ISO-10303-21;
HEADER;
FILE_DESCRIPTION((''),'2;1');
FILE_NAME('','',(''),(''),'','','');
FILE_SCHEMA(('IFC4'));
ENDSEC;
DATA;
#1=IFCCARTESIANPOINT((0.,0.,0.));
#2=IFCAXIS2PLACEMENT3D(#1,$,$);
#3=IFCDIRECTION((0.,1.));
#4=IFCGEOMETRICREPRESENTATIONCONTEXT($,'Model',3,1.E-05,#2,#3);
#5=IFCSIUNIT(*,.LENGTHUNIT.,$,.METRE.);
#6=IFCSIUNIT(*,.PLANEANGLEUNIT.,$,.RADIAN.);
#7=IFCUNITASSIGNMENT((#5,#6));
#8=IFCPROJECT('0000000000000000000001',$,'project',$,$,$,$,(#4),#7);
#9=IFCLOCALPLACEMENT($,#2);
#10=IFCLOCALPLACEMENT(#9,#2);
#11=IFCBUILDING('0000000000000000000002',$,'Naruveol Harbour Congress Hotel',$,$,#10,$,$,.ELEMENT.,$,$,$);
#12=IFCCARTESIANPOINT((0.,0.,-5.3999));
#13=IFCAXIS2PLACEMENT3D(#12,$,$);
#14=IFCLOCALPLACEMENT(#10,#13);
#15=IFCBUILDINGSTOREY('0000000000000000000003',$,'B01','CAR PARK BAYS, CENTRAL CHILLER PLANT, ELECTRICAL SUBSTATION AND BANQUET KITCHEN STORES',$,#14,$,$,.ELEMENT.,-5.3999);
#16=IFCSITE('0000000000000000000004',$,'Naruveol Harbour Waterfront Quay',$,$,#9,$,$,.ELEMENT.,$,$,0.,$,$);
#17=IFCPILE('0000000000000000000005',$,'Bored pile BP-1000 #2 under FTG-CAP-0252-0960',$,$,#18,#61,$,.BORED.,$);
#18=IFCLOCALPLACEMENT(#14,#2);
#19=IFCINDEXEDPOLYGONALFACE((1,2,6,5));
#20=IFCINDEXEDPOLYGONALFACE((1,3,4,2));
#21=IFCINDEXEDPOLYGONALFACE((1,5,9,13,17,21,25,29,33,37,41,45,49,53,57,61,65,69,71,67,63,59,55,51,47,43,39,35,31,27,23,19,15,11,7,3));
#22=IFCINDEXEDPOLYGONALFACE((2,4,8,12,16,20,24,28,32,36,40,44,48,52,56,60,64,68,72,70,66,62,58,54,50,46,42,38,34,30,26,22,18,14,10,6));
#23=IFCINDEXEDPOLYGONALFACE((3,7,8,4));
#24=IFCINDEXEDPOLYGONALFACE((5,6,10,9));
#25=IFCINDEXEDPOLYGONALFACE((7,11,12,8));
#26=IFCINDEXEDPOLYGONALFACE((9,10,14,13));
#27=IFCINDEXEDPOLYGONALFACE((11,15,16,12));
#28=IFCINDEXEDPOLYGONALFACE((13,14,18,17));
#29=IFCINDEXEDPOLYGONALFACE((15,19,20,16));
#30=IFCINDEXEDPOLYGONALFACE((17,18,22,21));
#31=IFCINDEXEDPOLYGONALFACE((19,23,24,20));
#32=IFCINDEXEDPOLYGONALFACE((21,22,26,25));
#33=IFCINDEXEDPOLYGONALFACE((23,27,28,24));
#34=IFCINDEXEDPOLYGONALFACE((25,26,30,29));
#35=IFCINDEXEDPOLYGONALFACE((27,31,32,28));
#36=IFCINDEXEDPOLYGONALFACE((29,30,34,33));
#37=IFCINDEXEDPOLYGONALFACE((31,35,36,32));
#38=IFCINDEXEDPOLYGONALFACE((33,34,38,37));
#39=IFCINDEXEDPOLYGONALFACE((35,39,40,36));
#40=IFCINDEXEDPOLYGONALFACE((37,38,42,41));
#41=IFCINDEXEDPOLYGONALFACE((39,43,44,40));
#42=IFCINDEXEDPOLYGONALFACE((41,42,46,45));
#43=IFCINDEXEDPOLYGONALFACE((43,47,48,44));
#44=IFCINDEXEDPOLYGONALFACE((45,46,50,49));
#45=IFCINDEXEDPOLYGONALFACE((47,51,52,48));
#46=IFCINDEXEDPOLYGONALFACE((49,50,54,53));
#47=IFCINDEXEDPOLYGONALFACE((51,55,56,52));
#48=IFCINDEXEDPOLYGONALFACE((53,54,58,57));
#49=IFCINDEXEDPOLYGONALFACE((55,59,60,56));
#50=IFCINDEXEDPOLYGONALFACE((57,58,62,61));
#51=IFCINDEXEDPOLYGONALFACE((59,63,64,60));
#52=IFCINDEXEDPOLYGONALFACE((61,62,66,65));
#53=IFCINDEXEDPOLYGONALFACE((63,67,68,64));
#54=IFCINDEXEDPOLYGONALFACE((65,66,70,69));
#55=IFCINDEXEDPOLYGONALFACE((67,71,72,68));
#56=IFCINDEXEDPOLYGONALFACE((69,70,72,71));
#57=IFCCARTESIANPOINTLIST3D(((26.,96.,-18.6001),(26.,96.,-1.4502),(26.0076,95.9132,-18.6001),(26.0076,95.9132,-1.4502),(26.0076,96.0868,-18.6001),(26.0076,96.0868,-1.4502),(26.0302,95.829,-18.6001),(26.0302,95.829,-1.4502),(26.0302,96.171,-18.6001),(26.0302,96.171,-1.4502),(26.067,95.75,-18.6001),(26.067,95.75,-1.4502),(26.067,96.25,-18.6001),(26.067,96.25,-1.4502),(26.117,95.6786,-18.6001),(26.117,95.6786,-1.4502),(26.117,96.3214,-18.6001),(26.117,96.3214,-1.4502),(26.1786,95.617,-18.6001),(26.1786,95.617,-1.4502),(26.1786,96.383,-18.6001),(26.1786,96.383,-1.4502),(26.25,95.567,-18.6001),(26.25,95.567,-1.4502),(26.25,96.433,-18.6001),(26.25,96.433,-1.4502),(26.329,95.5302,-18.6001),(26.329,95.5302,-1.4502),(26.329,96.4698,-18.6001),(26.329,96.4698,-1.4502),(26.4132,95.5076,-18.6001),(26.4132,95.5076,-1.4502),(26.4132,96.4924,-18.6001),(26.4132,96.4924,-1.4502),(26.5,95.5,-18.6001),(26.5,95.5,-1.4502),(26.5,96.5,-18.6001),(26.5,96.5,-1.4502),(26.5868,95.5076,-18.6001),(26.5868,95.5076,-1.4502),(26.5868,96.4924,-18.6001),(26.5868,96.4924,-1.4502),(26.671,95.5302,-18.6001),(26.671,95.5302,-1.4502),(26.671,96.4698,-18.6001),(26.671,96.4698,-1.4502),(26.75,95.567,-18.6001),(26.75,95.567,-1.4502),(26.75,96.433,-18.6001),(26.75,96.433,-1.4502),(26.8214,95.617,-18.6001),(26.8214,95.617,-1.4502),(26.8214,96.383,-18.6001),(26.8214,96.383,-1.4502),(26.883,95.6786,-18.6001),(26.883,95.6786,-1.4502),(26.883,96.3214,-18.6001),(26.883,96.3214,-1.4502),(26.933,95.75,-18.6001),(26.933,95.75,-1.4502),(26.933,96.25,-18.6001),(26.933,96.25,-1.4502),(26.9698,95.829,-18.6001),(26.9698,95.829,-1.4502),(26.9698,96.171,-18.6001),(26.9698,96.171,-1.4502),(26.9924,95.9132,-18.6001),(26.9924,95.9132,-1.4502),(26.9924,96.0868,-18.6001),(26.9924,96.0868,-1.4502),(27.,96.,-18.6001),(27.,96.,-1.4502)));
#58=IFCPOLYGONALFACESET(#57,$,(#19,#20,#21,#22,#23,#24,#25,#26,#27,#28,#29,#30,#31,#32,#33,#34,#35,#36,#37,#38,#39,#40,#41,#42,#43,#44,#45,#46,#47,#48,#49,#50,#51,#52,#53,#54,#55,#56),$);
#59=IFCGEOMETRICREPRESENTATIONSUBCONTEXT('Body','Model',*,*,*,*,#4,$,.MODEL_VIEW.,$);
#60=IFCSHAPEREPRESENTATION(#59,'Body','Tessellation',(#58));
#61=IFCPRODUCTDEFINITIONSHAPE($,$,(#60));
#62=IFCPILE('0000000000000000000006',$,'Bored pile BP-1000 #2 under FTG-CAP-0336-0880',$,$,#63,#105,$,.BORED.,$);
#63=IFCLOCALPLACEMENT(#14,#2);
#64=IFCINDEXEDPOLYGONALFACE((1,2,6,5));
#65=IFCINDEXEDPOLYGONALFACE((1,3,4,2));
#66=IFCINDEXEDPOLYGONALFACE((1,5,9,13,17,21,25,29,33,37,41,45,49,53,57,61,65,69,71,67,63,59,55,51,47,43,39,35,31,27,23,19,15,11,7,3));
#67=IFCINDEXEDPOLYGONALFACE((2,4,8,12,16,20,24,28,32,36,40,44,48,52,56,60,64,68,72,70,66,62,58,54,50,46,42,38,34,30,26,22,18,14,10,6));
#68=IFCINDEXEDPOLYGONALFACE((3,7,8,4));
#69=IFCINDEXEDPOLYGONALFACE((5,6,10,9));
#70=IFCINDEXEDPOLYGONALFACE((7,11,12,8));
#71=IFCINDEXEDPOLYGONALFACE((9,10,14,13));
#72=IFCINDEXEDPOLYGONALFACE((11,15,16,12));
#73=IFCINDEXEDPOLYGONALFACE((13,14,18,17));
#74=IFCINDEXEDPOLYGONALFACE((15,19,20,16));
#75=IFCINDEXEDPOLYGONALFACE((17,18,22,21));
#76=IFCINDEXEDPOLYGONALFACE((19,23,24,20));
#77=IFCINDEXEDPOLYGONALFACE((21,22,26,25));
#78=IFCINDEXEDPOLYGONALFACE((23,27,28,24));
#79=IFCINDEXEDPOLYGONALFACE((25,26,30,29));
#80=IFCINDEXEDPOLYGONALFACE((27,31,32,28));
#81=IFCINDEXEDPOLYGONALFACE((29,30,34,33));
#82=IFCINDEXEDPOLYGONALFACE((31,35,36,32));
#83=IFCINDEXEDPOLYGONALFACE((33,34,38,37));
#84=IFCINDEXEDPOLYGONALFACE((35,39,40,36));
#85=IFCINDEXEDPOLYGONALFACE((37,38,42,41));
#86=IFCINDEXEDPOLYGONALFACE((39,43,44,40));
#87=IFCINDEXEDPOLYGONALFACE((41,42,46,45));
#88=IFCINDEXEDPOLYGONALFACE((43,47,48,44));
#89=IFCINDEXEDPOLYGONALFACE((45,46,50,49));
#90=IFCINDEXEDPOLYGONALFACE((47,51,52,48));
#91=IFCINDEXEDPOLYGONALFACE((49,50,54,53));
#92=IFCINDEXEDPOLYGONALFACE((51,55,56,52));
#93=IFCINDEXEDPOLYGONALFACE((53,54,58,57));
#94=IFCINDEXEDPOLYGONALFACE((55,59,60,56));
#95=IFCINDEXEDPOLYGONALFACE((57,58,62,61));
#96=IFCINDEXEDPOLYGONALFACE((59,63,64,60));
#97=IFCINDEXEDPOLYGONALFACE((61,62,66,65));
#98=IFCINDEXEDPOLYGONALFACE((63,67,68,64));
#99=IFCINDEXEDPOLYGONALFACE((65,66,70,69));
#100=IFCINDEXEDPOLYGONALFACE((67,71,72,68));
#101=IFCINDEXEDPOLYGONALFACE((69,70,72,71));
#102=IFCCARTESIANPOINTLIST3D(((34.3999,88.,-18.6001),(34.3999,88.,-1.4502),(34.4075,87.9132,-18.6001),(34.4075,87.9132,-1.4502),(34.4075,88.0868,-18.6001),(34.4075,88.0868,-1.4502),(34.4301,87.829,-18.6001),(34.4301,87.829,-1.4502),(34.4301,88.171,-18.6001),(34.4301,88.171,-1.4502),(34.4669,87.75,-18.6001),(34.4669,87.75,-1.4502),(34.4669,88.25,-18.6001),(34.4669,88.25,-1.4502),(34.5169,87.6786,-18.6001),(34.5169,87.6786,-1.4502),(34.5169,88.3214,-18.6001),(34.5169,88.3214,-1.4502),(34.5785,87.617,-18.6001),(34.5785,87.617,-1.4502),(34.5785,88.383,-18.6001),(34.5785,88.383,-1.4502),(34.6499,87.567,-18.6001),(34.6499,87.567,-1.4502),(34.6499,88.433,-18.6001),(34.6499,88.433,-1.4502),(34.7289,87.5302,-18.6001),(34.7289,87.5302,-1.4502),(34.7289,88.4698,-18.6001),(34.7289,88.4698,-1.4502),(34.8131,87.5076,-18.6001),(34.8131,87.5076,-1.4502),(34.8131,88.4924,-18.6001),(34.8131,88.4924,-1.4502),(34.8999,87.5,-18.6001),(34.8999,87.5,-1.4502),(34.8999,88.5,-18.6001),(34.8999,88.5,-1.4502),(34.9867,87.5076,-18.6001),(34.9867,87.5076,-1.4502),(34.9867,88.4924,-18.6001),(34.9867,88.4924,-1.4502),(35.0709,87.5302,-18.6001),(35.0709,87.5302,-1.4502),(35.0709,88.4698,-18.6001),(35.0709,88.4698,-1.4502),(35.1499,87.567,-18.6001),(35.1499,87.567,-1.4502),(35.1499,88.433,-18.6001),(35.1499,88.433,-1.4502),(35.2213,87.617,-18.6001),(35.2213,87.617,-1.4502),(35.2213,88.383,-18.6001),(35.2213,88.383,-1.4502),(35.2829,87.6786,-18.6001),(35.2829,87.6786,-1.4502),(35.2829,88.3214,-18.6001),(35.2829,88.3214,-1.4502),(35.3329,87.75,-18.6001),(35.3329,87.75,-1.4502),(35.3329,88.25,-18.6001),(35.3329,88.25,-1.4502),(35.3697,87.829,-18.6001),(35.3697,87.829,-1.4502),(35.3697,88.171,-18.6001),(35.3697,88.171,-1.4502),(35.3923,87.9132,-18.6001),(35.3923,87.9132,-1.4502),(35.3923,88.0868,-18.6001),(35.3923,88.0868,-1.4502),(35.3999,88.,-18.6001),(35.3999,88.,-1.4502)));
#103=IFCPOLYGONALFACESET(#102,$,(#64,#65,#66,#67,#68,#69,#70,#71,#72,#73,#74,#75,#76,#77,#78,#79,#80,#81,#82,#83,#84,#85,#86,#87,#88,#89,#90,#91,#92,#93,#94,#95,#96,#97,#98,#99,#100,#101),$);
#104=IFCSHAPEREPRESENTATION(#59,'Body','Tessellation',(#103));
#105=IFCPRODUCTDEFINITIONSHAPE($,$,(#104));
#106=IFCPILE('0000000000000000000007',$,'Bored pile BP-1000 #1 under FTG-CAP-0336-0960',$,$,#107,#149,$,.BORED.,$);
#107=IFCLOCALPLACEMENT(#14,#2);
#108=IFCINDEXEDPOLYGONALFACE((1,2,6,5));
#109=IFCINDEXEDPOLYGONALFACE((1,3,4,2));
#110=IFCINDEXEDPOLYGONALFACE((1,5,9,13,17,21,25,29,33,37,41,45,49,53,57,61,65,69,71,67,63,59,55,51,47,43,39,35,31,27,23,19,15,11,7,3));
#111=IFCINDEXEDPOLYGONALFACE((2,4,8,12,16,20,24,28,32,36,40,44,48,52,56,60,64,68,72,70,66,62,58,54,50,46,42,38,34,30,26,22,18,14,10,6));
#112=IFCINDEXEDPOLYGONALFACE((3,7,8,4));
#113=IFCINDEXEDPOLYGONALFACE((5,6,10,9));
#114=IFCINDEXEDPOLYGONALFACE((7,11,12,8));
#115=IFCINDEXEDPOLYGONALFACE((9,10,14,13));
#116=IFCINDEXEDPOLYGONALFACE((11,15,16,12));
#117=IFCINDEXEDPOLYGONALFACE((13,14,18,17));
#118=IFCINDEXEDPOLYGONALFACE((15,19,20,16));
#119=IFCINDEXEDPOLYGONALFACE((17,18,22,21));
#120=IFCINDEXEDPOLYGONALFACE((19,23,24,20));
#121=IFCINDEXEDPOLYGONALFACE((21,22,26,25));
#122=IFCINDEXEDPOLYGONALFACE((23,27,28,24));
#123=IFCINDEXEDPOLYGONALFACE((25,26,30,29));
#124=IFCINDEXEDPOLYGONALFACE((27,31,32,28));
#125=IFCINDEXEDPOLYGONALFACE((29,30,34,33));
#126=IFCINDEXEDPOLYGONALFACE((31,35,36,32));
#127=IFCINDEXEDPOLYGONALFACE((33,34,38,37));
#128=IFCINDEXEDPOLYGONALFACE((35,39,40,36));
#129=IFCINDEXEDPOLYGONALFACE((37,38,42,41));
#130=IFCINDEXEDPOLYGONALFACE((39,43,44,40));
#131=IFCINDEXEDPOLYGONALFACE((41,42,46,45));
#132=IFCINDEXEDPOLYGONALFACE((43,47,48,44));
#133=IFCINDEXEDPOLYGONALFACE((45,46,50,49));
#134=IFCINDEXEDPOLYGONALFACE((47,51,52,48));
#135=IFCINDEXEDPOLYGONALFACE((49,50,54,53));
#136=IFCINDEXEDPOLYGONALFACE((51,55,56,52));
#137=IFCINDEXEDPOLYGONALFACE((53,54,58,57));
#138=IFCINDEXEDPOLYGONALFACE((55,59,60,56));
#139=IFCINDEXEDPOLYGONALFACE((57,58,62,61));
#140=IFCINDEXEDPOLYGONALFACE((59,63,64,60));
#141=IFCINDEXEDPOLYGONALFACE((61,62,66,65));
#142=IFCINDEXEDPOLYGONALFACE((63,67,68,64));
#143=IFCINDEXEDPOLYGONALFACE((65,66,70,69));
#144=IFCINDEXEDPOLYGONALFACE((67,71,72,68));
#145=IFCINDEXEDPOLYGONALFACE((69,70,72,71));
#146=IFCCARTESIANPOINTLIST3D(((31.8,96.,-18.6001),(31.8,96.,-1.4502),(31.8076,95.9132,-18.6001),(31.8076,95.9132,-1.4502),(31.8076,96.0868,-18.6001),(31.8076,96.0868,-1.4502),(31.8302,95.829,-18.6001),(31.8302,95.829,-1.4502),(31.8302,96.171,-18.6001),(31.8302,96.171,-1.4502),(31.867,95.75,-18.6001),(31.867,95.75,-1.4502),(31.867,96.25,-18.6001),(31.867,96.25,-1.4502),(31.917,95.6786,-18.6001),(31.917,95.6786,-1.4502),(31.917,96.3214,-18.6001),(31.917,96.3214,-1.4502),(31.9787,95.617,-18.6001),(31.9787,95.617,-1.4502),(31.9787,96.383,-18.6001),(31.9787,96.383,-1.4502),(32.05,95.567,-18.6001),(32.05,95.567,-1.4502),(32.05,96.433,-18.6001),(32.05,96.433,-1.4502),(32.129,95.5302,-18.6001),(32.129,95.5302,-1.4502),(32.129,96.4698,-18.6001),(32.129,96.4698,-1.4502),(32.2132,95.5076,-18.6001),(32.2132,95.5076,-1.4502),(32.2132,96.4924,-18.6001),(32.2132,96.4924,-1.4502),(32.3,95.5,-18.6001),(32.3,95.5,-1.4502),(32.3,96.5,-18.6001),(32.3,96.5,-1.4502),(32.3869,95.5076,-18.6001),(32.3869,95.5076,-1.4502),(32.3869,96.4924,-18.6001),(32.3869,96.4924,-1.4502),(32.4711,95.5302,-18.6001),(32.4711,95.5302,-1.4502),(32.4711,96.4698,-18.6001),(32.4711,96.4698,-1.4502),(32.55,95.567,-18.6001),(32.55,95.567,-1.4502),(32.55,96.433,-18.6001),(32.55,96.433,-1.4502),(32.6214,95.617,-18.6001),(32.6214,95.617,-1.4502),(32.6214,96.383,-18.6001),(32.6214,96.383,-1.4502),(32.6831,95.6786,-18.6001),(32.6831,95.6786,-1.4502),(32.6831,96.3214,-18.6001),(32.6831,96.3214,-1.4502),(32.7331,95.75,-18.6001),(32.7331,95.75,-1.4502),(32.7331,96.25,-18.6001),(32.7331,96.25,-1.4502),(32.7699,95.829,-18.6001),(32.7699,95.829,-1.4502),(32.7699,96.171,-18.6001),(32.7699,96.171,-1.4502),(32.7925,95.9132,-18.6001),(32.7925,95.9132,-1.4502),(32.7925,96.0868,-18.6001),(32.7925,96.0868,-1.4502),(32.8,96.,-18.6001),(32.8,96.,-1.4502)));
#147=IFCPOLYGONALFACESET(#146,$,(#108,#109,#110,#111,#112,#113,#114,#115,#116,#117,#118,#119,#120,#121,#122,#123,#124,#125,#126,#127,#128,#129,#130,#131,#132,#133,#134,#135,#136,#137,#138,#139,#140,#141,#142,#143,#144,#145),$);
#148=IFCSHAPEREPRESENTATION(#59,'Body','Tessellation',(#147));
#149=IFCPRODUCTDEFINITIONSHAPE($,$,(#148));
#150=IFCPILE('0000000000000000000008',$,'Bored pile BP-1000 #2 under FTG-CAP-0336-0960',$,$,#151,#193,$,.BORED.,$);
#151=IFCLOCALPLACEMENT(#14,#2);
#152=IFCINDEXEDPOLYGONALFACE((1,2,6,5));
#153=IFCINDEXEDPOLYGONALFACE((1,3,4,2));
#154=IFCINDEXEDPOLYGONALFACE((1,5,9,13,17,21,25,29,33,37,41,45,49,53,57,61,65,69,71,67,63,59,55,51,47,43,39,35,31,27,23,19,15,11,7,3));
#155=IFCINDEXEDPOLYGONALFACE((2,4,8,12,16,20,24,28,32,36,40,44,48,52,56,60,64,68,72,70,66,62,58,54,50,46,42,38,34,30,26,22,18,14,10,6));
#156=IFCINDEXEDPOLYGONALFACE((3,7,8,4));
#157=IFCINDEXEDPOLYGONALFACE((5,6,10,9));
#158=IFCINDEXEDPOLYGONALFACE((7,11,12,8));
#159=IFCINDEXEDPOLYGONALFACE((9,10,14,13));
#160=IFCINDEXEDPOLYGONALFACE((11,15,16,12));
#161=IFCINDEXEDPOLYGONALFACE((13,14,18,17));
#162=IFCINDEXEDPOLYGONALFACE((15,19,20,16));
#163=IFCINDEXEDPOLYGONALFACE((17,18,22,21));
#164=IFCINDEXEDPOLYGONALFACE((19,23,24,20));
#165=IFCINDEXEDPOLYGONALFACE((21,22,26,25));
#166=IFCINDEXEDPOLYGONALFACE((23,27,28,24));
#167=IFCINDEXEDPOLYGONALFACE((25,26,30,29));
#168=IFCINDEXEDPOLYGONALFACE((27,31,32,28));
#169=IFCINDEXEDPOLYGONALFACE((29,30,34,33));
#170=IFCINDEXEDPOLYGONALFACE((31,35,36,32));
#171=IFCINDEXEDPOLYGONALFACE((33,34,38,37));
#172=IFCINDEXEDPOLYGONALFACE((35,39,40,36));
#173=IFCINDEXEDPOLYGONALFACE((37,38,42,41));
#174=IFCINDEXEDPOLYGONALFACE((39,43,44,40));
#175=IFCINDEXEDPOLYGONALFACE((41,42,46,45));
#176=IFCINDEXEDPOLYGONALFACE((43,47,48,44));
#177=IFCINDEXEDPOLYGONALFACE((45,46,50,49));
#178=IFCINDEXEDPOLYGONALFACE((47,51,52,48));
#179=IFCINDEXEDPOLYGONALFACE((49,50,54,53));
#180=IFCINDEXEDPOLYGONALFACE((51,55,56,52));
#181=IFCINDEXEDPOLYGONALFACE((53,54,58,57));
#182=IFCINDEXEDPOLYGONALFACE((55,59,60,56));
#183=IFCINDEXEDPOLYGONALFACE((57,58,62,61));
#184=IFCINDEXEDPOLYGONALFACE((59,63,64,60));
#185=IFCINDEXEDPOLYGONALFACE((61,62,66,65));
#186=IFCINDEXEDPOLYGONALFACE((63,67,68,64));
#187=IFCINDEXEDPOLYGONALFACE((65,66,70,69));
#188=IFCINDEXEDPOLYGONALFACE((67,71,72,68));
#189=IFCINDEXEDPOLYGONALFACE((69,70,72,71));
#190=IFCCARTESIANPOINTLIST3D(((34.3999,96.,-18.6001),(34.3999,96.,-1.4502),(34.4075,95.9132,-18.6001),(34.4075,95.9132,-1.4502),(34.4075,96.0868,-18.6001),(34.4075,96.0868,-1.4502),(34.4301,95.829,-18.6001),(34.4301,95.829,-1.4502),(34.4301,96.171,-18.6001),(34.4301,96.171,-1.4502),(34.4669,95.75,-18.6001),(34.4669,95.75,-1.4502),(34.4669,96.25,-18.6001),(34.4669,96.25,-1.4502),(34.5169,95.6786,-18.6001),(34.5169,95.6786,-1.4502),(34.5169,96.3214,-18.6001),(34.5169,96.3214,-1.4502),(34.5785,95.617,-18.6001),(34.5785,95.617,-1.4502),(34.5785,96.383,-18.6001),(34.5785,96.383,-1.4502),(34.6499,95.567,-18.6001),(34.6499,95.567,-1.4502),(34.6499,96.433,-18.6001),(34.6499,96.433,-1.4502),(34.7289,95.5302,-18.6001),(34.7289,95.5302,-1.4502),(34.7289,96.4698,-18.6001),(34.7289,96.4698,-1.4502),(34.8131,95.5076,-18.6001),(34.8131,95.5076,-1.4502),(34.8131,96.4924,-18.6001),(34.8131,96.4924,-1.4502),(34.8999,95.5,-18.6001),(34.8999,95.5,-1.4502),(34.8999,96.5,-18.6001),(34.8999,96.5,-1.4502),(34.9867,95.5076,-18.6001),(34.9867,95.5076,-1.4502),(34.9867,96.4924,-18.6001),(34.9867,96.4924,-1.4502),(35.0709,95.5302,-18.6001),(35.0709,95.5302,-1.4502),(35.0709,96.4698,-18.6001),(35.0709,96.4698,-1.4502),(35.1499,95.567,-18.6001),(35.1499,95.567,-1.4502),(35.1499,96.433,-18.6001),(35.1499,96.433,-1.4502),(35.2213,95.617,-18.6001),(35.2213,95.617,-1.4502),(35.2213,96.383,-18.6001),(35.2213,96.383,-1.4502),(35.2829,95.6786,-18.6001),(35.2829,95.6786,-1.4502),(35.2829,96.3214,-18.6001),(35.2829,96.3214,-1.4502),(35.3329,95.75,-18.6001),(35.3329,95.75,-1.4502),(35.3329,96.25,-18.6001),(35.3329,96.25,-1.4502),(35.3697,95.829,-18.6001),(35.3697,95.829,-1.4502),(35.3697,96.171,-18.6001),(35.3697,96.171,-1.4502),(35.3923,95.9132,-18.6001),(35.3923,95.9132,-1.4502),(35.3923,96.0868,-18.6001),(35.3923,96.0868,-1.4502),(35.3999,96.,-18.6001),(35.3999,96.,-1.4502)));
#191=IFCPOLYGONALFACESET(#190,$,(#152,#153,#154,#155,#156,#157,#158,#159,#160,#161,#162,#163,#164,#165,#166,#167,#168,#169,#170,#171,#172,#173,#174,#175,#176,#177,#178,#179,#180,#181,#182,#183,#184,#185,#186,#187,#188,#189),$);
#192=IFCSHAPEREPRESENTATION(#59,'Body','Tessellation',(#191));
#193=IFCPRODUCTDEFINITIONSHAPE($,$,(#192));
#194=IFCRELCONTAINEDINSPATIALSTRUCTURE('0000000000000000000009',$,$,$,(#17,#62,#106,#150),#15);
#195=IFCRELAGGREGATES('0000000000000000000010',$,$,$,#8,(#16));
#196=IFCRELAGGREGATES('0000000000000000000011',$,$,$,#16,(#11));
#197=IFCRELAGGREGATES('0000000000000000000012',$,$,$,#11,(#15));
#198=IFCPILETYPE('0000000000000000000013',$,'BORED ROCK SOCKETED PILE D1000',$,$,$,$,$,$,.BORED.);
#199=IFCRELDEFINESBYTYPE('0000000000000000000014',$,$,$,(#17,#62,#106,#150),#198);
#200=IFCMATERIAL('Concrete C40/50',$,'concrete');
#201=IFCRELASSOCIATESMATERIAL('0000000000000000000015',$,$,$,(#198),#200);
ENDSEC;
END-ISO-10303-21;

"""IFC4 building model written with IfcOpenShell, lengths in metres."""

from ifc_helpers import new_model, si_unit, direction, frame, origin, origin_2d, place, context, subcontext, project, spatial, circle, extrude, material, material_profile, profile_set, type_object, element, save


model = new_model("IFC4")

# Units and contexts
model_context = context("Model", 3, precision=1e-05, world=origin(), true_north=direction((0.0, 1.0)))
body_context = subcontext(model_context, "Body", "Model", "MODEL_VIEW")
ifc_project = project(units=[si_unit("LENGTHUNIT", "METRE"), si_unit("PLANEANGLEUNIT", "RADIAN")], contexts=[model_context])

# Site, building, storey
site_placement = place(None, origin())
site = spatial("IfcSite", under=ifc_project, at=site_placement, Name="Naruveol Harbour Waterfront Quay", CompositionType="ELEMENT", RefElevation=0.0)
building_placement = place(site_placement, origin())
building = spatial("IfcBuilding", under=site, at=building_placement, Name="Naruveol Harbour Congress Hotel", CompositionType="ELEMENT")
storey_placement = place(building_placement, frame((0.0, 0.0, -5.3999)))
storey = spatial("IfcBuildingStorey", under=building, at=storey_placement, Name="B01", Description="CAR PARK BAYS, CENTRAL CHILLER PLANT, ELECTRICAL SUBSTATION AND BANQUET KITCHEN STORES", CompositionType="ELEMENT", Elevation=-5.3999)

# Piles
ifc_material_1 = material(Name="Concrete C40/50", Category="concrete")
ifc_material_profile_1 = material_profile(ifc_material_1, circle(Radius=0.5, at=origin_2d()), Name="BP-1000")
ifc_profile_set_1 = profile_set([ifc_material_profile_1], Name="Concrete C40/50")
pile_type = type_object("IfcPileType", Name="BORED ROCK SOCKETED PILE D1000", PredefinedType="BORED", material=ifc_profile_set_1)
for number, where, z_axis, x_axis, name in (
    (1, (26.5, 96.0, -1.4502), (0.0, 0.0, -1.0), (1.0, 0.0, 0.0), "Bored pile BP-1000 #2 under FTG-CAP-0252-0960"),
    (2, (34.8999, 88.0, -1.4502), (0.0, 0.0, -1.0), (1.0, 0.0, 0.0), "Bored pile BP-1000 #2 under FTG-CAP-0336-0880"),
    (3, (32.3, 96.0, -1.4502), (0.0, 0.0, -1.0), (1.0, 0.0, 0.0), "Bored pile BP-1000 #1 under FTG-CAP-0336-0960"),
    (4, (34.8999, 96.0, -1.4502), (0.0, 0.0, -1.0), (1.0, 0.0, 0.0), "Bored pile BP-1000 #2 under FTG-CAP-0336-0960"),
):
    element("IfcPile", number, at=place(storey_placement, frame(where, z_axis=z_axis, x_axis=x_axis)), inside=storey, type_object=pile_type, Name=name, PredefinedType="BORED", context=body_context, shape_type="SweptSolid", body=[
        extrude(circle(Radius=0.5, at=origin_2d()), origin(), (0.0, 0.0, 1.0), 17.1499),
    ])

save(model, "model.ifc")
